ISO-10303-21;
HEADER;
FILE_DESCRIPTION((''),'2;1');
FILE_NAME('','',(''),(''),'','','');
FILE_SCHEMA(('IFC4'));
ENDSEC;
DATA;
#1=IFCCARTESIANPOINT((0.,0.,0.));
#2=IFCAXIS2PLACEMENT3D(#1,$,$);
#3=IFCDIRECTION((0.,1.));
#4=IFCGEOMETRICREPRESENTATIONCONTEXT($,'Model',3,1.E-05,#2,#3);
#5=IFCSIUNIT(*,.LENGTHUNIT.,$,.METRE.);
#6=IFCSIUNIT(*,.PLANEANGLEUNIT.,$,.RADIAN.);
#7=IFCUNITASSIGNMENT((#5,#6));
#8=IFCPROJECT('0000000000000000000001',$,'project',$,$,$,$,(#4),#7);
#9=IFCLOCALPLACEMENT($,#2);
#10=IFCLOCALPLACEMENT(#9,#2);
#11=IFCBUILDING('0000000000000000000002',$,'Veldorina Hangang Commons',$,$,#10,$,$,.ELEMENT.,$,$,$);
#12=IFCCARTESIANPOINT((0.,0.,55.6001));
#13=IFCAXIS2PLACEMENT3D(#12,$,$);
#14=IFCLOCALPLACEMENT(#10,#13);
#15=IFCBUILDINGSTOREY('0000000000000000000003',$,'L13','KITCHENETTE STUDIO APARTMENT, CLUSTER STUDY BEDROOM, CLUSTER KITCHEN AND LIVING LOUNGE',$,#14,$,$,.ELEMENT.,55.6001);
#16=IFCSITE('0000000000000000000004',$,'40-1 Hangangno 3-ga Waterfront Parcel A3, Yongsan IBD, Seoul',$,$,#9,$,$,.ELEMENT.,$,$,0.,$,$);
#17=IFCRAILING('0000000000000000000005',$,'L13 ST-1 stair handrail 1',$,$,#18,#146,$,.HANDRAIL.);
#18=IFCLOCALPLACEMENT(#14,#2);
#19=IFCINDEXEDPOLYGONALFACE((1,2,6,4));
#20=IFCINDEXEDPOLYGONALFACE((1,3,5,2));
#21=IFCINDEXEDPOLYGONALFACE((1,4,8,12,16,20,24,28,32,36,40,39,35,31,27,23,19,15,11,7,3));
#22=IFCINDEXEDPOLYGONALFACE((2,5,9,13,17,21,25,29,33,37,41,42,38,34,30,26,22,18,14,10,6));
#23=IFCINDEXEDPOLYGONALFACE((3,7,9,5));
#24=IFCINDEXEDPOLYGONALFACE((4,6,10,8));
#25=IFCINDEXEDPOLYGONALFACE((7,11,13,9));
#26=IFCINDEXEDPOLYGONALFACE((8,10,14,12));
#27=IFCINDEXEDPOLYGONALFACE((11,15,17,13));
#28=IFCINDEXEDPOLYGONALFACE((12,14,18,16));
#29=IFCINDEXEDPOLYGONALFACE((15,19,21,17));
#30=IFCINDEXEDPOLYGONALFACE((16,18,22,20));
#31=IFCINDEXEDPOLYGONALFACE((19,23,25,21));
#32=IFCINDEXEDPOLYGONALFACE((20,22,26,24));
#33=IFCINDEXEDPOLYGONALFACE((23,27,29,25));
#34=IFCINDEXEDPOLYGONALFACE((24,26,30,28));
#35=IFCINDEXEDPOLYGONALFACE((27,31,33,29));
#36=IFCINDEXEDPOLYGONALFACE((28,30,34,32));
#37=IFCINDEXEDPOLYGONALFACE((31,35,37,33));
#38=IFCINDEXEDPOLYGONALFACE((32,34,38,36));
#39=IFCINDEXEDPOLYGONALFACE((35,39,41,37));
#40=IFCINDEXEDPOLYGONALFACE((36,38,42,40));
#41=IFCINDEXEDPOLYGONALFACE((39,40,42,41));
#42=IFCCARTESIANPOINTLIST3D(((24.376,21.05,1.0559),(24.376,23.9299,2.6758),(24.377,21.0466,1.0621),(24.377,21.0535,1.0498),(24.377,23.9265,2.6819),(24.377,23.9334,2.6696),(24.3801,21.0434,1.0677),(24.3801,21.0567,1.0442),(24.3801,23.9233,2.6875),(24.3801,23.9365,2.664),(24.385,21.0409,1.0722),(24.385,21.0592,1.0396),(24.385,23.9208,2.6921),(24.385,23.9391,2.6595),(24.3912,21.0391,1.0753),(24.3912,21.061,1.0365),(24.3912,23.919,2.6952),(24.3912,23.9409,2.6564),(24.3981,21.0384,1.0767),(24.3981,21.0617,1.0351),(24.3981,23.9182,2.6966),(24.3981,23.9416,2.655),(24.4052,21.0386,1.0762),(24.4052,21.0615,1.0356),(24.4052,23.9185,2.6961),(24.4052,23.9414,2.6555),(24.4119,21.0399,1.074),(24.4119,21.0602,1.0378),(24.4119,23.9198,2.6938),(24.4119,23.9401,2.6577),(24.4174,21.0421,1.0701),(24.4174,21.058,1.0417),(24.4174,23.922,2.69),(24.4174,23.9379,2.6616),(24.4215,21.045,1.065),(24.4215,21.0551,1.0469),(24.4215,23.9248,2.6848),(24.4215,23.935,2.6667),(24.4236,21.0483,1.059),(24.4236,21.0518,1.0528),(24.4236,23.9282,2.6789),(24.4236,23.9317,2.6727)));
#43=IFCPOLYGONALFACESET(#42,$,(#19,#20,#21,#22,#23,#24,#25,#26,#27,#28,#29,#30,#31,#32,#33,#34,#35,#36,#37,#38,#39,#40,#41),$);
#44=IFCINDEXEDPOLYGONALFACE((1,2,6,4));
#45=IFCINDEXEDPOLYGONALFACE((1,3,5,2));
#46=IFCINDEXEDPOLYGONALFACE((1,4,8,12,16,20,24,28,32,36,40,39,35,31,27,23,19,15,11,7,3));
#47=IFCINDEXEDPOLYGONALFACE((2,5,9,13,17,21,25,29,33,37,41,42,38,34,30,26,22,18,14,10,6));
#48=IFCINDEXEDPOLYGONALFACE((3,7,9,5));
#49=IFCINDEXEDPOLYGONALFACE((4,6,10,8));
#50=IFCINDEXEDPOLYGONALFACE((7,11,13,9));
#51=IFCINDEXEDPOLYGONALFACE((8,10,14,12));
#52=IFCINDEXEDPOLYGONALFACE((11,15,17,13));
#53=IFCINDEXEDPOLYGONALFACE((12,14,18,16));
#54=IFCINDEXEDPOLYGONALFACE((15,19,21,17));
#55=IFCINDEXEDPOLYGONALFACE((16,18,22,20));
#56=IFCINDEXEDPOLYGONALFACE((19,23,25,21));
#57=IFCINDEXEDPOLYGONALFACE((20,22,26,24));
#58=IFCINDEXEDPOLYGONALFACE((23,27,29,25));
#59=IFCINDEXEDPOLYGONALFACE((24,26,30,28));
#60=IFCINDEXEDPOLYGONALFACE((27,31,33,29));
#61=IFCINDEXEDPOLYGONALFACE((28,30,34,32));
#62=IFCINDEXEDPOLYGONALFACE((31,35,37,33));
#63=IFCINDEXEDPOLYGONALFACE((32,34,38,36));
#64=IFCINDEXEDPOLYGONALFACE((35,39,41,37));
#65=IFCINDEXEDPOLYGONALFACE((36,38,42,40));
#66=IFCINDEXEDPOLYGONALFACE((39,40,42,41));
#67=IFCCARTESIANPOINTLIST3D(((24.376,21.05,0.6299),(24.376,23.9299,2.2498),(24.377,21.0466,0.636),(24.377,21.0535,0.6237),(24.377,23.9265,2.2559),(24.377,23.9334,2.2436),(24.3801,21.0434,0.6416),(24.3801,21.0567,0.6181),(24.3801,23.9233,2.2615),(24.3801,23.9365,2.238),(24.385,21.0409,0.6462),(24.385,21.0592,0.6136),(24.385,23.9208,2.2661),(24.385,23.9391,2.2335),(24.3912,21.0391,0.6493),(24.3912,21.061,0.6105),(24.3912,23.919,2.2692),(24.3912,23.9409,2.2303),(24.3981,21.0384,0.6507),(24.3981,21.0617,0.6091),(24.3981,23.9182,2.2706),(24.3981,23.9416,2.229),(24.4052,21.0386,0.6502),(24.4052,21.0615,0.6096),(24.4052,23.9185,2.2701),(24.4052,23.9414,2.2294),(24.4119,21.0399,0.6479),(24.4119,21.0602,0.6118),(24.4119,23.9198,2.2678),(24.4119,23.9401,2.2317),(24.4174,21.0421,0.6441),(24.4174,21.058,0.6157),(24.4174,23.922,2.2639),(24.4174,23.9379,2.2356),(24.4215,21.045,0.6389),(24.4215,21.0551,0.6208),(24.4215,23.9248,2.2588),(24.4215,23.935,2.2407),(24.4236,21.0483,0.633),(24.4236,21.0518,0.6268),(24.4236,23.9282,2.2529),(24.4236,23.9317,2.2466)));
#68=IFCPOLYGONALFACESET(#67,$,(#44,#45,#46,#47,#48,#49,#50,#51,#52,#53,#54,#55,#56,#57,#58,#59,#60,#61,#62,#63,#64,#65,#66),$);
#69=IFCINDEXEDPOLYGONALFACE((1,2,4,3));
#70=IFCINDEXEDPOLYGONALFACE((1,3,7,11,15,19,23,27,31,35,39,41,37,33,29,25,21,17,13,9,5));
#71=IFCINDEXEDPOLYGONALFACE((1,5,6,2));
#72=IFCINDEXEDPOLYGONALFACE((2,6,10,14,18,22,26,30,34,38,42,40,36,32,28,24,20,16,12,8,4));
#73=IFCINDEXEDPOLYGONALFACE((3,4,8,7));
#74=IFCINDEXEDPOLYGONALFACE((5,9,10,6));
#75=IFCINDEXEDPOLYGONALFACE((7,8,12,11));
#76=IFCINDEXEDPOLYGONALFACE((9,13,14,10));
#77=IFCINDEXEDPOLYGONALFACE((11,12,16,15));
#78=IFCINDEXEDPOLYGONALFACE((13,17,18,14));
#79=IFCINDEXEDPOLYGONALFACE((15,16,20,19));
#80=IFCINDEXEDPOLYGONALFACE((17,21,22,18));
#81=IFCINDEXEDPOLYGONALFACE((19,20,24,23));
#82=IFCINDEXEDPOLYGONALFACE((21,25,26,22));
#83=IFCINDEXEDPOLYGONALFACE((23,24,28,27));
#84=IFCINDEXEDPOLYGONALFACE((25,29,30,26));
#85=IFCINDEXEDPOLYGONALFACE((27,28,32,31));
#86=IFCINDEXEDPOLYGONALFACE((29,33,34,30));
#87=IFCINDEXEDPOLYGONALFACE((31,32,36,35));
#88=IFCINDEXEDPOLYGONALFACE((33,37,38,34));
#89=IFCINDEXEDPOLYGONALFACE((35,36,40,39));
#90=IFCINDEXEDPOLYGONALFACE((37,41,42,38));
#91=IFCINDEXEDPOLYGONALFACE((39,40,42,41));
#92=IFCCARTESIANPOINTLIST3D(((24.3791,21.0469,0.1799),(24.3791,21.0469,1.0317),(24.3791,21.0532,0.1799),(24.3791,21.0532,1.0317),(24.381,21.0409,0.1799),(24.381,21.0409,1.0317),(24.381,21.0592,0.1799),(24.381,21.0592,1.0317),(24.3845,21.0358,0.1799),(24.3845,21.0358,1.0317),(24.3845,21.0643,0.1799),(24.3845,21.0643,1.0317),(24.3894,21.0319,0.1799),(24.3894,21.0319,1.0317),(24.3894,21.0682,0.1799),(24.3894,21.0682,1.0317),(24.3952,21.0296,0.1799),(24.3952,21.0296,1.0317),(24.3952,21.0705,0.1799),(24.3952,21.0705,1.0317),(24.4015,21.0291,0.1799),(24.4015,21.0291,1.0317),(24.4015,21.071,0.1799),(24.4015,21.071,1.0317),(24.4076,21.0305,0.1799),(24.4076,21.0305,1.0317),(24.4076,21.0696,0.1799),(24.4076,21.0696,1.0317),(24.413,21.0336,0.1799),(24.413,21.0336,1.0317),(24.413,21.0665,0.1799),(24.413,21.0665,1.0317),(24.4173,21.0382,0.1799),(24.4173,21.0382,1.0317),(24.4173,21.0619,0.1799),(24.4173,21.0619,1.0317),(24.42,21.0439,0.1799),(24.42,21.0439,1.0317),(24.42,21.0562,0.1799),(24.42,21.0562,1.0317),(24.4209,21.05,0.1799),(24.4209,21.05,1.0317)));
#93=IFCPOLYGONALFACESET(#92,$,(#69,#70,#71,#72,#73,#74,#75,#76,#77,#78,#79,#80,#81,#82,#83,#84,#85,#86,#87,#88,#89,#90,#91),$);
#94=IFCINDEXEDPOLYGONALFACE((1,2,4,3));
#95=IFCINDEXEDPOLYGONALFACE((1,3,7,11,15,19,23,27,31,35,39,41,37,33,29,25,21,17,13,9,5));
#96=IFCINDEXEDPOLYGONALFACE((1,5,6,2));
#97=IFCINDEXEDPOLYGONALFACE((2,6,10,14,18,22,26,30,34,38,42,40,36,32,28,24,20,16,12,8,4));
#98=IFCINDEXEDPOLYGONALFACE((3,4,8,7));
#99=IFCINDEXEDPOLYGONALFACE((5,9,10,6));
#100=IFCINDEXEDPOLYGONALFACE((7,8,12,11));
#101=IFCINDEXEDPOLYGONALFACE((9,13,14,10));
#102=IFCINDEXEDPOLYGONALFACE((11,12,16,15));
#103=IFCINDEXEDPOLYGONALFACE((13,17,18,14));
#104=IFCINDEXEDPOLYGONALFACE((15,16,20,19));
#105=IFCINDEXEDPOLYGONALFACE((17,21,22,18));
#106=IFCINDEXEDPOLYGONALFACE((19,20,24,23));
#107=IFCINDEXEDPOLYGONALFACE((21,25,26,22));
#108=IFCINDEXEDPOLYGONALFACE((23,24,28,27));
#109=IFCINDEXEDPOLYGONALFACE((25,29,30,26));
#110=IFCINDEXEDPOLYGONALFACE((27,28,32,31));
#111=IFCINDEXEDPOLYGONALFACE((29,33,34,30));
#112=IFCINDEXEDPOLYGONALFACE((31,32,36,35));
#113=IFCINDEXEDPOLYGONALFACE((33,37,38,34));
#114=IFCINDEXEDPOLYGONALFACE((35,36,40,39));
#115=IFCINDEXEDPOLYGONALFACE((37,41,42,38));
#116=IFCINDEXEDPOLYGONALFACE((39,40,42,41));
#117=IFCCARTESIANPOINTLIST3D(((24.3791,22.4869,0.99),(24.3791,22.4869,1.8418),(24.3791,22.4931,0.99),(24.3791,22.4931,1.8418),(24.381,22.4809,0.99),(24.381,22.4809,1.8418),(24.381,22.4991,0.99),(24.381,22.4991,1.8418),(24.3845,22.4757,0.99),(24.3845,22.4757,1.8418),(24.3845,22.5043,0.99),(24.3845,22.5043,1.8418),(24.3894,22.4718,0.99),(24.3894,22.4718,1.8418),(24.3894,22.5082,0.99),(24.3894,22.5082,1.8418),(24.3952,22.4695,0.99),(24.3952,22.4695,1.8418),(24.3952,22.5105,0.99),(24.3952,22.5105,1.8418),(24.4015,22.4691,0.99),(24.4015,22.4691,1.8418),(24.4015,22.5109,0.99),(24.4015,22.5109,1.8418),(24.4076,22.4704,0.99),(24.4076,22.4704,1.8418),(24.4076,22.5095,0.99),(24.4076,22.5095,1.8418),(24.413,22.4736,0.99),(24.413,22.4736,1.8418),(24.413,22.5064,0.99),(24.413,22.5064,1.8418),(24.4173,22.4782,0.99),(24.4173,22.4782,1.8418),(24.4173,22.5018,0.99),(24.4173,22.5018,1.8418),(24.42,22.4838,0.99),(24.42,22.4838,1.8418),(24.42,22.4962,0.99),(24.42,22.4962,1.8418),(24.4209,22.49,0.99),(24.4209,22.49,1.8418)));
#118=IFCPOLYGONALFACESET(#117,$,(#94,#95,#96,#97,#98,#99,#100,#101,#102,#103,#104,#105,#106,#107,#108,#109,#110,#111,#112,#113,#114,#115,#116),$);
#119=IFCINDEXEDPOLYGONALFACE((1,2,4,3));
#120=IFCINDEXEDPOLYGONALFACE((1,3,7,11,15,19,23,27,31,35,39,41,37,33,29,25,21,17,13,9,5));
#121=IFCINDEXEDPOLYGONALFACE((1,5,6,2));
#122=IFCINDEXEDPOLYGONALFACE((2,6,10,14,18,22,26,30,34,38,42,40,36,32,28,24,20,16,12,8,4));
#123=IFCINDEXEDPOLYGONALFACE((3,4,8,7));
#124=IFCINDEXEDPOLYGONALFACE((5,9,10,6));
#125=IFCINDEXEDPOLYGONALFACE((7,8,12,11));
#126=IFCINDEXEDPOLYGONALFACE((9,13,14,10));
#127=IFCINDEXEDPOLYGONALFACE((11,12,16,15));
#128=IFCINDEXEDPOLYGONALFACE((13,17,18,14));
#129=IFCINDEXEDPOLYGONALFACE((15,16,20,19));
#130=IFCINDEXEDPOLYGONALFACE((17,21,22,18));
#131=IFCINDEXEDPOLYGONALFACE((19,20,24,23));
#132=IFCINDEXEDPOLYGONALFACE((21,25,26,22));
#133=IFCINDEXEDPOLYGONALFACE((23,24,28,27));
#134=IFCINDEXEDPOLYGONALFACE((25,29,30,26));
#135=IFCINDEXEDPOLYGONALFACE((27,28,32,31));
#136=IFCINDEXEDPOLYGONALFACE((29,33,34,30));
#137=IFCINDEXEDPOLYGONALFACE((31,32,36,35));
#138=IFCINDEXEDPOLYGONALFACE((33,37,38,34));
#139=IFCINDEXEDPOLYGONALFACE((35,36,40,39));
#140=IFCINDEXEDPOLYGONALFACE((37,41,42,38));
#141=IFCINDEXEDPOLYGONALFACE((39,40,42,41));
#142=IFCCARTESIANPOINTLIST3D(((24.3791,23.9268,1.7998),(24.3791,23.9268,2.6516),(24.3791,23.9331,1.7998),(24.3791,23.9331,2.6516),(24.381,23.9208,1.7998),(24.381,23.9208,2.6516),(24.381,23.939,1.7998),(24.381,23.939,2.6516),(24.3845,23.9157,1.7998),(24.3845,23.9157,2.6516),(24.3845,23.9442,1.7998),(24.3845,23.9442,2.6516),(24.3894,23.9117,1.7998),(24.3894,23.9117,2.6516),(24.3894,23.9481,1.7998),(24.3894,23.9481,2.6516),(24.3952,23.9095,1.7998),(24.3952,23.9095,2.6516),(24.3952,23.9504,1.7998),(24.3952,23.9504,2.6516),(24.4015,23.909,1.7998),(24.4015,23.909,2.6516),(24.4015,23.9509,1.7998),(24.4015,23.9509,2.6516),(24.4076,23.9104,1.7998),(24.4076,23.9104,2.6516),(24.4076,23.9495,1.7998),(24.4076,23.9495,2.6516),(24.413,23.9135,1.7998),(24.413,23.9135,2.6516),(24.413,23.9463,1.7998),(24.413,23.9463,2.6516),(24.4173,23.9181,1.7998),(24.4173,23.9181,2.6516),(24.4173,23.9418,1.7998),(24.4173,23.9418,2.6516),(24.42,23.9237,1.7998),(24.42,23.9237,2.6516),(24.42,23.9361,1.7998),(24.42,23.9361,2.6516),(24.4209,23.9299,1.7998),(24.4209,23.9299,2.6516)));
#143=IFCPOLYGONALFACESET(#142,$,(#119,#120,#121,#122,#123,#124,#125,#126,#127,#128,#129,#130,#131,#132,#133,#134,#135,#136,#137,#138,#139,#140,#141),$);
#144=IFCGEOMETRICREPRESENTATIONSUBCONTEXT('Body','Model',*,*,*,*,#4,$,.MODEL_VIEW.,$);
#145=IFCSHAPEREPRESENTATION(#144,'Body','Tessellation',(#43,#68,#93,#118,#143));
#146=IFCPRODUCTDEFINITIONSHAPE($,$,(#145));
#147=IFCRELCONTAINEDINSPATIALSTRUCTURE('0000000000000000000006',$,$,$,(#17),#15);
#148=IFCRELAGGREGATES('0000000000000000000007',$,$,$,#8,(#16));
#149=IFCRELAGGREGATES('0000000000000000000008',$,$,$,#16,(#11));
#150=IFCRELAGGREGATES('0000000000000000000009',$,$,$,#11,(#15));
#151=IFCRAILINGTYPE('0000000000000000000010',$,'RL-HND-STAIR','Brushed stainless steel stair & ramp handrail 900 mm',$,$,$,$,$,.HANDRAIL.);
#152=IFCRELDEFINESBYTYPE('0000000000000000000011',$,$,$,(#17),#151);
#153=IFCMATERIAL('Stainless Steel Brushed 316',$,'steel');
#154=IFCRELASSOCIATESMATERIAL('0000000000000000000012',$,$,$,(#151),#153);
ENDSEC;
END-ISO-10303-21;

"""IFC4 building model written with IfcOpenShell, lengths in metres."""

from ifc_helpers import new_model, si_unit, direction, frame, origin, origin_2d, place, context, subcontext, project, spatial, circle, extrude, material, type_object, element, save


model = new_model("IFC4")

# Units and contexts
model_context = context("Model", 3, precision=1e-05, world=origin(), true_north=direction((0.0, 1.0)))
body_context = subcontext(model_context, "Body", "Model", "MODEL_VIEW")
ifc_project = project(units=[si_unit("LENGTHUNIT", "METRE"), si_unit("PLANEANGLEUNIT", "RADIAN")], contexts=[model_context])

# Site, building, storey
site_placement = place(None, origin())
site = spatial("IfcSite", under=ifc_project, at=site_placement, Name="40-1 Hangangno 3-ga Waterfront Parcel A3, Yongsan IBD, Seoul", CompositionType="ELEMENT", RefElevation=0.0)
building_placement = place(site_placement, origin())
building = spatial("IfcBuilding", under=site, at=building_placement, Name="Veldorina Hangang Commons", CompositionType="ELEMENT")
storey_placement = place(building_placement, frame((0.0, 0.0, 55.6001)))
storey = spatial("IfcBuildingStorey", under=building, at=storey_placement, Name="L13", Description="KITCHENETTE STUDIO APARTMENT, CLUSTER STUDY BEDROOM, CLUSTER KITCHEN AND LIVING LOUNGE", CompositionType="ELEMENT", Elevation=55.6001)

# Railing
ifc_material_1 = material(Name="Stainless Steel Brushed 316", Category="steel")
railing_type_1 = type_object("IfcRailingType", Name="RL-HND-STAIR", Description="Brushed stainless steel stair & ramp handrail 900 mm", PredefinedType="HANDRAIL", material=ifc_material_1)
railing_1_placement = place(storey_placement, frame((24.3999, 21.05, 0.1799)))
element("IfcRailing", 1, at=railing_1_placement, inside=storey, type_object=railing_type_1, Name="L13 ST-1 stair handrail 1", PredefinedType="HANDRAIL", context=body_context, shape_type="SweptSolid", body=[
    extrude(circle(Radius=0.0239, at=origin_2d()), frame((0.0, 0.0, 0.876), z_axis=(0.0, 0.871583, 0.490247), x_axis=(-1.0, 0.0, 0.0)), (0.0, 0.0, 1.0), 3.3042),
    extrude(circle(Radius=0.0239, at=origin_2d()), frame((0.0, 0.0, 0.45), z_axis=(0.0, 0.871583, 0.490247), x_axis=(-1.0, 0.0, 0.0)), (0.0, 0.0, 1.0), 3.3042),
    extrude(circle(Radius=0.021, at=origin_2d()), origin(), (0.0, 0.0, 1.0), 0.8518),
    extrude(circle(Radius=0.021, at=origin_2d()), frame((0.0, 1.4399, 0.8101)), (0.0, 0.0, 1.0), 0.8518),
    extrude(circle(Radius=0.021, at=origin_2d()), frame((0.0, 2.8799, 1.6199)), (0.0, 0.0, 1.0), 0.8518),
])

save(model, "model.ifc")
